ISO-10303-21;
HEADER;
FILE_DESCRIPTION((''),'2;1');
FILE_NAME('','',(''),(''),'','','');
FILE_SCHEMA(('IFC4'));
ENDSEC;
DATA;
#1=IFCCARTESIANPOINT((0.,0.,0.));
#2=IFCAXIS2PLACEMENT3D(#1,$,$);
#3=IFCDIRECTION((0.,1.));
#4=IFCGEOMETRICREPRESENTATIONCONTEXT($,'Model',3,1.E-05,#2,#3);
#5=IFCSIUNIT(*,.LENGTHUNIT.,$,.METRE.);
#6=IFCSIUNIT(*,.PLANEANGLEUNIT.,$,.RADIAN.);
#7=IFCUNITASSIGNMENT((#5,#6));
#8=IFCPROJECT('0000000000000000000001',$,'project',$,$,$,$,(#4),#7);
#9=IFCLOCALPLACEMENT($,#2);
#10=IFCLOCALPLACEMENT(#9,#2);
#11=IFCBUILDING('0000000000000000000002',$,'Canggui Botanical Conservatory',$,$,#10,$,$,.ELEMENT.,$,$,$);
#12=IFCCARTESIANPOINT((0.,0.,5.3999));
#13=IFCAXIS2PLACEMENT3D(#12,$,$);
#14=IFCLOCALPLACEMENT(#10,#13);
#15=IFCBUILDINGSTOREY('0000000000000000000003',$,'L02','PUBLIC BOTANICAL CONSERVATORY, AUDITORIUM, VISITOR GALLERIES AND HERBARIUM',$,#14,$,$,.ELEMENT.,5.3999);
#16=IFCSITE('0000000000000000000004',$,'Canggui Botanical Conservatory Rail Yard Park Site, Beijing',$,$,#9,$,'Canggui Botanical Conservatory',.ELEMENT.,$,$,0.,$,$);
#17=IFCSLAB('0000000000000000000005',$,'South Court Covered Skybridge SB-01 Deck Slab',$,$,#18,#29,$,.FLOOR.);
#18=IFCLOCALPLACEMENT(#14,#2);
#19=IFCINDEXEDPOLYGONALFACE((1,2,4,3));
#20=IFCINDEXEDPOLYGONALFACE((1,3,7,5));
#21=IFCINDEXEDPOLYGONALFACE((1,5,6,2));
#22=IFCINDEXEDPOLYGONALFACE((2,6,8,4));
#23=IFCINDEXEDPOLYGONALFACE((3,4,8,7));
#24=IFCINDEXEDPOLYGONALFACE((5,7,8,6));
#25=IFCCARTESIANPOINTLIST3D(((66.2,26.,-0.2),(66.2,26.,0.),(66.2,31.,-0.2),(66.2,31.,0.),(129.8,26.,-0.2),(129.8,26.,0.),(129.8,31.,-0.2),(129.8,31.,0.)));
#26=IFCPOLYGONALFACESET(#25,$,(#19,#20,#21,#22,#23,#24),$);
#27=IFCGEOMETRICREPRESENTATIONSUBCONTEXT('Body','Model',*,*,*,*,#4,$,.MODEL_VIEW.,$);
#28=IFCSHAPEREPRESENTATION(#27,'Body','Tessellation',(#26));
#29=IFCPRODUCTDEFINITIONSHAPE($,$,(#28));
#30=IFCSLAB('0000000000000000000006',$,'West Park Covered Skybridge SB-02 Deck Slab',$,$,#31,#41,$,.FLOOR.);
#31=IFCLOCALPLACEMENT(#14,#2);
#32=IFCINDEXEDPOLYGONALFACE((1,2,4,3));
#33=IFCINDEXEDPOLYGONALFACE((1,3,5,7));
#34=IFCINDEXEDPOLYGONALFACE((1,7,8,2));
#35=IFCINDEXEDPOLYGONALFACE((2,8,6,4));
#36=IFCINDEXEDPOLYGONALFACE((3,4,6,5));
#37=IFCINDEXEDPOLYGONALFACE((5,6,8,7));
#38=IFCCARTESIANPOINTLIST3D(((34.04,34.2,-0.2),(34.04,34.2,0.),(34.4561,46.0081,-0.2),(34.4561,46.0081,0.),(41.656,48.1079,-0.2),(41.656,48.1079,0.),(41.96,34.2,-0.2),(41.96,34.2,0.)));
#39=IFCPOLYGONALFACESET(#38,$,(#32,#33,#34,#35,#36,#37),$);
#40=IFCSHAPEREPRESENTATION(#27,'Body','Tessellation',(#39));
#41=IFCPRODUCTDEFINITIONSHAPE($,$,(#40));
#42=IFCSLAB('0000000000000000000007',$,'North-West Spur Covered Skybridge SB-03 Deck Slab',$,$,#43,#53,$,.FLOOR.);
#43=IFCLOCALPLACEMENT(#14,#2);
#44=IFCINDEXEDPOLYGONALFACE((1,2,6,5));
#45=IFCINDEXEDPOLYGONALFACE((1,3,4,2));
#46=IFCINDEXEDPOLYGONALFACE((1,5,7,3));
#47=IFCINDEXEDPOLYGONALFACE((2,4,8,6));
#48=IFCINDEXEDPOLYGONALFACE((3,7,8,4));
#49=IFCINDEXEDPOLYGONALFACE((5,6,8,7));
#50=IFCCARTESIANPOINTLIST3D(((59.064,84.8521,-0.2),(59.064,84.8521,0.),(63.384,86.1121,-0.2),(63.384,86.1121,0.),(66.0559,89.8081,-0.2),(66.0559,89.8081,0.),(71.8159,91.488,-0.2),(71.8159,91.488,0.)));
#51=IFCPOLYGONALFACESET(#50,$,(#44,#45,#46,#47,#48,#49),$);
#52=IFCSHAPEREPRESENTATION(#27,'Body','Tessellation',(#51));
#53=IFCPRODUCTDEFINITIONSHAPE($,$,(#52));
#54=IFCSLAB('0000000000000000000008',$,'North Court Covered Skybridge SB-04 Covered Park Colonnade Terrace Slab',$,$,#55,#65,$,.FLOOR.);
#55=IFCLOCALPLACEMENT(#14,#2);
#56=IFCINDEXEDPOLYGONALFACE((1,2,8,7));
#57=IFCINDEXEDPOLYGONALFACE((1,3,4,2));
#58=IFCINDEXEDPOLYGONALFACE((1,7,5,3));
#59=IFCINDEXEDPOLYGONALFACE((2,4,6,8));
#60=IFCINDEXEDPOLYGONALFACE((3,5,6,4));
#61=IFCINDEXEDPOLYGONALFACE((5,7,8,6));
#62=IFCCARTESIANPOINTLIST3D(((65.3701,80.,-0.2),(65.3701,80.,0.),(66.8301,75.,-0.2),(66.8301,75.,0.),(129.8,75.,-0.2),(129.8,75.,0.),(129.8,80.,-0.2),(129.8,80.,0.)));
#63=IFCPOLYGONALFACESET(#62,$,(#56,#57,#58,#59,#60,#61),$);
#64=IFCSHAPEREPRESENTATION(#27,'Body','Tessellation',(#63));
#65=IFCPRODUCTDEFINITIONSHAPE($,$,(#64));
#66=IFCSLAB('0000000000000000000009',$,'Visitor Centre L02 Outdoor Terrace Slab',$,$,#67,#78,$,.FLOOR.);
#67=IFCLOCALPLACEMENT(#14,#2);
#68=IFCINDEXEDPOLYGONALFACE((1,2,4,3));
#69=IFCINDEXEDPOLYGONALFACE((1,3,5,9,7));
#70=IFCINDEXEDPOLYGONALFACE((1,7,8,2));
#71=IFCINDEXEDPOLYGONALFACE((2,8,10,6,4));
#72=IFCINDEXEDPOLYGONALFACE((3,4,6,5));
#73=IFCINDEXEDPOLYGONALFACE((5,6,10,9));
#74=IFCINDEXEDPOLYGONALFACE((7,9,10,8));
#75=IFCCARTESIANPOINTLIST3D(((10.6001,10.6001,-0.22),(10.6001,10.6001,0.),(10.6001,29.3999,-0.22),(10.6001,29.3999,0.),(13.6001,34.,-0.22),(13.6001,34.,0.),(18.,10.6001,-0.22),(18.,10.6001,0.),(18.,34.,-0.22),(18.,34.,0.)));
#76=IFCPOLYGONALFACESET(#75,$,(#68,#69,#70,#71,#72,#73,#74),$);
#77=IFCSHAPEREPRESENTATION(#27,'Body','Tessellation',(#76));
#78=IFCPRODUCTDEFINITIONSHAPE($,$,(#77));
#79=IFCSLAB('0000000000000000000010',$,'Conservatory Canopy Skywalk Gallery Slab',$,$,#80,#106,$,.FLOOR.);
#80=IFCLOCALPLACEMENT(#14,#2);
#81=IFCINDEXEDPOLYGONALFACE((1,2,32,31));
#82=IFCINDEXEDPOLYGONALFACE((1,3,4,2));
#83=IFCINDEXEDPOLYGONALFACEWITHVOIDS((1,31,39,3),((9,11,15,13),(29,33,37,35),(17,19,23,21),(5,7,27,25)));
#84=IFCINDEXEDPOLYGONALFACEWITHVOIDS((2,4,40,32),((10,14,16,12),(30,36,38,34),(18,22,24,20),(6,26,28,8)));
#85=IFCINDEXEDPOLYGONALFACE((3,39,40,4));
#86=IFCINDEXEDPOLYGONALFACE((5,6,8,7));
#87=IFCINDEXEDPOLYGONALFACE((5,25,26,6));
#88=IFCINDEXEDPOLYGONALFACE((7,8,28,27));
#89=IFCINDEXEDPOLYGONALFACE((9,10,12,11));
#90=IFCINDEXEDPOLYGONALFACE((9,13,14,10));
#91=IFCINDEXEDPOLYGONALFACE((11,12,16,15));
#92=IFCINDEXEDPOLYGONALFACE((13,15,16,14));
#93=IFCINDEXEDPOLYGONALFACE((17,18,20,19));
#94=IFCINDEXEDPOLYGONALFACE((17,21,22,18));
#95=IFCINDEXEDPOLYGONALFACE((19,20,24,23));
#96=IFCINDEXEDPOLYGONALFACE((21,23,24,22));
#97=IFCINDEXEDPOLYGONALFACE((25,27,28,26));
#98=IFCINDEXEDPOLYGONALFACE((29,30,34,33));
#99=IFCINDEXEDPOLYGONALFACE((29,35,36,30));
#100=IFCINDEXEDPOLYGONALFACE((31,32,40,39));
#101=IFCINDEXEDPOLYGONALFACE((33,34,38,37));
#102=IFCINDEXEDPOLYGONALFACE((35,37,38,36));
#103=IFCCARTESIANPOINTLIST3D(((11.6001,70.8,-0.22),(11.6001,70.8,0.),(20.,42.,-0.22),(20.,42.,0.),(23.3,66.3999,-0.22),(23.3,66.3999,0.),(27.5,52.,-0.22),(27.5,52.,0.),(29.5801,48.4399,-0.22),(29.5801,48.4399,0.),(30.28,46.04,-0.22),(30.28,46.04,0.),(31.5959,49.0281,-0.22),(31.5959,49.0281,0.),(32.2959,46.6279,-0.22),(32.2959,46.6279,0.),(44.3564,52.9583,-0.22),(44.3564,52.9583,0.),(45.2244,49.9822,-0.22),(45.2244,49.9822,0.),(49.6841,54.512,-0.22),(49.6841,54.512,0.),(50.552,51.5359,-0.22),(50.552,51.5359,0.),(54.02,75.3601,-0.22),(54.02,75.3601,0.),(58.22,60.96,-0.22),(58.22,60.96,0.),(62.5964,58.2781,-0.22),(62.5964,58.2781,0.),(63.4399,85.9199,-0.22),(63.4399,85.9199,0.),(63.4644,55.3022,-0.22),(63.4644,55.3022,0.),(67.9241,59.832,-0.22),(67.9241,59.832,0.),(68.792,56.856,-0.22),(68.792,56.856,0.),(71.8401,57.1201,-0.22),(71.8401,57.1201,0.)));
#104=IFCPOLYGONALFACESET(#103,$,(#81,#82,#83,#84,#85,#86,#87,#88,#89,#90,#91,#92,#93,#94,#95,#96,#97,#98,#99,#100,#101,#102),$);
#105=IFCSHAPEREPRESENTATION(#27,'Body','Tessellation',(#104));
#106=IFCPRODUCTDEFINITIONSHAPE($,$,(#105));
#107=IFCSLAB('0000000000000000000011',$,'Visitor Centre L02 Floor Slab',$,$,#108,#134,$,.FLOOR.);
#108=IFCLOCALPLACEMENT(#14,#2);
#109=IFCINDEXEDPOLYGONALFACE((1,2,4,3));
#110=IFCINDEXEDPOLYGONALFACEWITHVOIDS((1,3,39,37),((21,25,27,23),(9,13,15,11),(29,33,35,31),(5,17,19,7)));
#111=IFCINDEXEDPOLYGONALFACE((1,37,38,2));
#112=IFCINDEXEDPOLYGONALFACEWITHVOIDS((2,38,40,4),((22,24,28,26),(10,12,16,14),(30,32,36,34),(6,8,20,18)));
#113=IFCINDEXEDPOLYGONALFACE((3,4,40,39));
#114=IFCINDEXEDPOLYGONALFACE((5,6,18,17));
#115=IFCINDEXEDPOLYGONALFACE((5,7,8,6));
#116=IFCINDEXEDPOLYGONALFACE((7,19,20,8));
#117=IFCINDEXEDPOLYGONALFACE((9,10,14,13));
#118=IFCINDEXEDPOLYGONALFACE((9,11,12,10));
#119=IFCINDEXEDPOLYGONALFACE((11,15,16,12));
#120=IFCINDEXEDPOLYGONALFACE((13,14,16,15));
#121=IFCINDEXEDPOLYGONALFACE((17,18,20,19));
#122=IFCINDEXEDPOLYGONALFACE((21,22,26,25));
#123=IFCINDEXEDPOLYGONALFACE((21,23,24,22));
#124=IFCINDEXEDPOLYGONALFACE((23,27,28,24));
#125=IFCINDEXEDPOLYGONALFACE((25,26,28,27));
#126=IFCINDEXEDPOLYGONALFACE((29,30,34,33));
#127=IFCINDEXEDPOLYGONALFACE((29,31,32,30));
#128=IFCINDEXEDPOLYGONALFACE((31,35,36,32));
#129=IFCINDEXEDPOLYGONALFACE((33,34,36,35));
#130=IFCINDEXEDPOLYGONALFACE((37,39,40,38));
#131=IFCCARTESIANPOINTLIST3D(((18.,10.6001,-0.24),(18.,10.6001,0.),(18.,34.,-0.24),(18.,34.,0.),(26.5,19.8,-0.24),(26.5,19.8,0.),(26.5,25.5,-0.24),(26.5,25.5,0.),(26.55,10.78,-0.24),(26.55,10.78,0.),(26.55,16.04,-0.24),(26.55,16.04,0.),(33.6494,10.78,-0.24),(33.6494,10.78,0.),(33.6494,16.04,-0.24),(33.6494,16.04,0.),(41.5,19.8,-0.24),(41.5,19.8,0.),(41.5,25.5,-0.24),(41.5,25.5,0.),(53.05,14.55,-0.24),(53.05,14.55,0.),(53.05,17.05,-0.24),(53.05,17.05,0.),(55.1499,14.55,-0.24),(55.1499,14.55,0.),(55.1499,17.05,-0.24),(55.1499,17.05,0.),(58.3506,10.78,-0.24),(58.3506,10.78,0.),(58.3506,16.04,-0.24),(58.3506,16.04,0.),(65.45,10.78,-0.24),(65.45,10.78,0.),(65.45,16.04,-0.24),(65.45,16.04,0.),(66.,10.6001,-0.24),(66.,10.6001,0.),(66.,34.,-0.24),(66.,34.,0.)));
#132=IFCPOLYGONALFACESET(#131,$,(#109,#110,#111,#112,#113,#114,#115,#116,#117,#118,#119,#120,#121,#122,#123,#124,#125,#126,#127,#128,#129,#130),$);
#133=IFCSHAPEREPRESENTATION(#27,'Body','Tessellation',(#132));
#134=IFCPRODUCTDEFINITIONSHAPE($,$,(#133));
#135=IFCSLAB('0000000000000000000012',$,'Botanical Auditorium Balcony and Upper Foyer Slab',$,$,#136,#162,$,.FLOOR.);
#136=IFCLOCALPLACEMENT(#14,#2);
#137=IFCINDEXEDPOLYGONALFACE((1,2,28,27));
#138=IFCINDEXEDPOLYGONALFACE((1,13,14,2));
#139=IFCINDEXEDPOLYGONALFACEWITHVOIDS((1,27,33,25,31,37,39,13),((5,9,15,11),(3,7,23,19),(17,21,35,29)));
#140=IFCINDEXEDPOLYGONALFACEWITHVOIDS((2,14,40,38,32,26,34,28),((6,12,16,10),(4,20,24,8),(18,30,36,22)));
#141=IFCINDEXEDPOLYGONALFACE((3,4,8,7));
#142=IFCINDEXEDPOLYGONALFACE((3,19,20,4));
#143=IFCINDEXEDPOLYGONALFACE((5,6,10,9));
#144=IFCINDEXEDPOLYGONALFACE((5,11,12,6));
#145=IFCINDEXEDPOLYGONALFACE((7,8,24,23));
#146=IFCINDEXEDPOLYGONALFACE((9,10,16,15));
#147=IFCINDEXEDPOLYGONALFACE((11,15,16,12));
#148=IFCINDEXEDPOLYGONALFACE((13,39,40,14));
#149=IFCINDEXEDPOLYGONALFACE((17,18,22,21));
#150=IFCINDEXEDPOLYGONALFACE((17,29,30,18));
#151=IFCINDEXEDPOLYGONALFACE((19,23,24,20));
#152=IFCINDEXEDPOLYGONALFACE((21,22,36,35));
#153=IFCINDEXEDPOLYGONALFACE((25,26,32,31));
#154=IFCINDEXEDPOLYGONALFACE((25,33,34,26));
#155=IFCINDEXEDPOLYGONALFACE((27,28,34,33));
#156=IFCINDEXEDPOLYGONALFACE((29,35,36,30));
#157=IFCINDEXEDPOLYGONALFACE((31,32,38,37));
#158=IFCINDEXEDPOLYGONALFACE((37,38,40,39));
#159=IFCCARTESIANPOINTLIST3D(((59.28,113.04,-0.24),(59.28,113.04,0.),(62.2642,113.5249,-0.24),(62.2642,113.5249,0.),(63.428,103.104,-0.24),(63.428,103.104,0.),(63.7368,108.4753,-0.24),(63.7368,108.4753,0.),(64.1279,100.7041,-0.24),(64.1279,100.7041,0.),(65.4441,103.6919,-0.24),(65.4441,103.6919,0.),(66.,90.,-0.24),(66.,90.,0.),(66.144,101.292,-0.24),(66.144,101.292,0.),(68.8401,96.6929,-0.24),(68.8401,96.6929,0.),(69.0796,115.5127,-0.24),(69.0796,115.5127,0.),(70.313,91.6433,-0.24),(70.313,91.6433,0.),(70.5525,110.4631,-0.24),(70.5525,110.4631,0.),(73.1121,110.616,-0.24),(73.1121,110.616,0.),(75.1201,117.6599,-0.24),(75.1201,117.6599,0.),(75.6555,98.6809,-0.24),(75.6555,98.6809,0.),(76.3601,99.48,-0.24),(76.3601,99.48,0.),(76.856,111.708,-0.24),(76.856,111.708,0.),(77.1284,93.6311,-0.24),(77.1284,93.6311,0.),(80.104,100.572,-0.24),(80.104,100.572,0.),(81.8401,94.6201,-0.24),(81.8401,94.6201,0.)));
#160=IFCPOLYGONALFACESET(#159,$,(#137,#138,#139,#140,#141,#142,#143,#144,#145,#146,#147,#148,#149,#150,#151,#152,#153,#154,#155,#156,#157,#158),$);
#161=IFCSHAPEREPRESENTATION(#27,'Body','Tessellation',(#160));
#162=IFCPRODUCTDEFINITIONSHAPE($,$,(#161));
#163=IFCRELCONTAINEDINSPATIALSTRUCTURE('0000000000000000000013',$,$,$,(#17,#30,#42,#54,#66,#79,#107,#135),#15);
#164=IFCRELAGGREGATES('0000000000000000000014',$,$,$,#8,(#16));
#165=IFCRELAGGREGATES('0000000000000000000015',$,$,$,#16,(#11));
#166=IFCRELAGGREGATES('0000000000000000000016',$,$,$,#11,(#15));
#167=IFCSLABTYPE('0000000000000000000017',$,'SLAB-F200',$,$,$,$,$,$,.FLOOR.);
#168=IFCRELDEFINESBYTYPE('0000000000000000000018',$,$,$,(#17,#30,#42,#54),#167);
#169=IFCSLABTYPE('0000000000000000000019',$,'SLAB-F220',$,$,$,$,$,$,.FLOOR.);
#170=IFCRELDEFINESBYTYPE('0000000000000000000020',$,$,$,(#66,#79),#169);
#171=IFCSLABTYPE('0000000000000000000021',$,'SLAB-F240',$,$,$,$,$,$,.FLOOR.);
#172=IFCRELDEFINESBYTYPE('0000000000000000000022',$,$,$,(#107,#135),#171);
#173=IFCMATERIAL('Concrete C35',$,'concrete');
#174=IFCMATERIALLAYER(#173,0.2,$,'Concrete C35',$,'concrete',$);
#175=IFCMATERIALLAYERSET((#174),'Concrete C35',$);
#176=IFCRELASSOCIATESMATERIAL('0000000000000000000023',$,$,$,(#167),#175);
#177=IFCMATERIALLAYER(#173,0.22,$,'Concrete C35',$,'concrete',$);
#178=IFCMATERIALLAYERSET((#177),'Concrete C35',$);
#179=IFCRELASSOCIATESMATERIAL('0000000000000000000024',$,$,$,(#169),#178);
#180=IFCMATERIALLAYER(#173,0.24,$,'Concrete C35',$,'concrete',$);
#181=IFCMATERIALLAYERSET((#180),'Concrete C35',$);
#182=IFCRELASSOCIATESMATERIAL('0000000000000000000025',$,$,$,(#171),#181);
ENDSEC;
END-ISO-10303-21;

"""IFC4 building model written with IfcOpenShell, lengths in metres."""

from ifc_helpers import new_model, si_unit, direction, frame, origin, place, context, subcontext, project, spatial, polyline, outline, extrude, material, layer, layer_set, type_object, element, save


model = new_model("IFC4")

# Units and contexts
model_context = context("Model", 3, precision=1e-05, world=origin(), true_north=direction((0.0, 1.0)))
body_context = subcontext(model_context, "Body", "Model", "MODEL_VIEW")
ifc_project = project(units=[si_unit("LENGTHUNIT", "METRE"), si_unit("PLANEANGLEUNIT", "RADIAN")], contexts=[model_context])

# Site, building, storey
site_placement = place(None, origin())
site = spatial("IfcSite", under=ifc_project, at=site_placement, Name="Canggui Botanical Conservatory Rail Yard Park Site, Beijing", LongName="Canggui Botanical Conservatory", CompositionType="ELEMENT", RefElevation=0.0)
building_placement = place(site_placement, origin())
building = spatial("IfcBuilding", under=site, at=building_placement, Name="Canggui Botanical Conservatory", CompositionType="ELEMENT")
storey_placement = place(building_placement, frame((0.0, 0.0, 5.3999)))
storey = spatial("IfcBuildingStorey", under=building, at=storey_placement, Name="L02", Description="PUBLIC BOTANICAL CONSERVATORY, AUDITORIUM, VISITOR GALLERIES AND HERBARIUM", CompositionType="ELEMENT", Elevation=5.3999)

# Slabs
ifc_material_1 = material(Name="Concrete C35", Category="concrete")
ifc_layer_1 = layer(ifc_material_1, 0.2, Name="Concrete C35", Category="concrete")
ifc_layer_set_1 = layer_set([ifc_layer_1], Name="Concrete C35")
slab_type_1 = type_object("IfcSlabType", Name="SLAB-F200", PredefinedType="FLOOR", material=ifc_layer_set_1)
slab_1_placement = place(storey_placement, frame((0.0, 0.0, -0.2)))
element("IfcSlab", 1, at=slab_1_placement, inside=storey, type_object=slab_type_1, Name="South Court Covered Skybridge SB-01 Deck Slab", PredefinedType="FLOOR", context=body_context, shape_type="SweptSolid", body=[
    extrude(outline(polyline([(66.2, 26.0), (129.8, 26.0), (129.8, 31.0), (66.2, 31.0), (66.2, 26.0)])), origin(), (0.0, 0.0, 1.0), 0.2),
])
slab_2_placement = place(storey_placement, frame((0.0, 0.0, -0.2)))
element("IfcSlab", 2, at=slab_2_placement, inside=storey, type_object=slab_type_1, Name="West Park Covered Skybridge SB-02 Deck Slab", PredefinedType="FLOOR", context=body_context, shape_type="SweptSolid", body=[
    extrude(outline(polyline([(34.04, 34.2), (41.96, 34.2), (41.656, 48.1079), (34.4561, 46.0081), (34.04, 34.2)])), origin(), (0.0, 0.0, 1.0), 0.2),
])
slab_3_placement = place(storey_placement, frame((0.0, 0.0, -0.2)))
element("IfcSlab", 3, at=slab_3_placement, inside=storey, type_object=slab_type_1, Name="North-West Spur Covered Skybridge SB-03 Deck Slab", PredefinedType="FLOOR", context=body_context, shape_type="SweptSolid", body=[
    extrude(outline(polyline([(59.064, 84.8521), (63.384, 86.1121), (71.8159, 91.488), (66.0559, 89.8081), (59.064, 84.8521)])), origin(), (0.0, 0.0, 1.0), 0.2),
])
slab_4_placement = place(storey_placement, frame((0.0, 0.0, -0.2)))
element("IfcSlab", 4, at=slab_4_placement, inside=storey, type_object=slab_type_1, Name="North Court Covered Skybridge SB-04 Covered Park Colonnade Terrace Slab", PredefinedType="FLOOR", context=body_context, shape_type="SweptSolid", body=[
    extrude(outline(polyline([(66.8301, 75.0), (129.8, 75.0), (129.8, 80.0), (65.3701, 80.0), (66.8301, 75.0)])), origin(), (0.0, 0.0, 1.0), 0.2),
])
ifc_layer_2 = layer(ifc_material_1, 0.22, Name="Concrete C35", Category="concrete")
ifc_layer_set_2 = layer_set([ifc_layer_2], Name="Concrete C35")
slab_type_2 = type_object("IfcSlabType", Name="SLAB-F220", PredefinedType="FLOOR", material=ifc_layer_set_2)
slab_5_placement = place(storey_placement, frame((0.0, 0.0, -0.22)))
element("IfcSlab", 5, at=slab_5_placement, inside=storey, type_object=slab_type_2, Name="Visitor Centre L02 Outdoor Terrace Slab", PredefinedType="FLOOR", context=body_context, shape_type="SweptSolid", body=[
    extrude(outline(polyline([(10.6001, 10.6001), (18.0, 10.6001), (18.0, 34.0), (13.6001, 34.0), (10.6001, 29.3999), (10.6001, 10.6001)])), origin(), (0.0, 0.0, 1.0), 0.22),
])
slab_6_placement = place(storey_placement, frame((0.0, 0.0, -0.22)))
element("IfcSlab", 6, at=slab_6_placement, inside=storey, type_object=slab_type_2, Name="Conservatory Canopy Skywalk Gallery Slab", PredefinedType="FLOOR", context=body_context, shape_type="SweptSolid", body=[
    extrude(outline(polyline([(20.0, 42.0), (71.8401, 57.1201), (63.4399, 85.9199), (11.6001, 70.8), (20.0, 42.0)]), holes=[polyline([(27.5, 52.0), (58.22, 60.96), (54.02, 75.3601), (23.3, 66.3999), (27.5, 52.0)]), polyline([(45.2244, 49.9822), (50.552, 51.5359), (49.6841, 54.512), (44.3564, 52.9583), (45.2244, 49.9822)]), polyline([(63.4644, 55.3022), (68.792, 56.856), (67.9241, 59.832), (62.5964, 58.2781), (63.4644, 55.3022)]), polyline([(30.28, 46.04), (32.2959, 46.6279), (31.5959, 49.0281), (29.5801, 48.4399), (30.28, 46.04)])]), origin(), (0.0, 0.0, 1.0), 0.22),
])
ifc_layer_3 = layer(ifc_material_1, 0.24, Name="Concrete C35", Category="concrete")
ifc_layer_set_3 = layer_set([ifc_layer_3], Name="Concrete C35")
slab_type_3 = type_object("IfcSlabType", Name="SLAB-F240", PredefinedType="FLOOR", material=ifc_layer_set_3)
slab_7_placement = place(storey_placement, frame((0.0, 0.0, -0.24)))
element("IfcSlab", 7, at=slab_7_placement, inside=storey, type_object=slab_type_3, Name="Visitor Centre L02 Floor Slab", PredefinedType="FLOOR", context=body_context, shape_type="SweptSolid", body=[
    extrude(outline(polyline([(18.0, 10.6001), (66.0, 10.6001), (66.0, 34.0), (18.0, 34.0), (18.0, 10.6001)]), holes=[polyline([(58.3506, 10.78), (65.45, 10.78), (65.45, 16.04), (58.3506, 16.04), (58.3506, 10.78)]), polyline([(33.6494, 16.04), (26.55, 16.04), (26.55, 10.78), (33.6494, 10.78), (33.6494, 16.04)]), polyline([(53.05, 14.55), (55.1499, 14.55), (55.1499, 17.05), (53.05, 17.05), (53.05, 14.55)]), polyline([(26.5, 19.8), (41.5, 19.8), (41.5, 25.5), (26.5, 25.5), (26.5, 19.8)])]), origin(), (0.0, 0.0, 1.0), 0.24),
])
slab_8_placement = place(storey_placement, frame((0.0, 0.0, -0.24)))
element("IfcSlab", 8, at=slab_8_placement, inside=storey, type_object=slab_type_3, Name="Botanical Auditorium Balcony and Upper Foyer Slab", PredefinedType="FLOOR", context=body_context, shape_type="SweptSolid", body=[
    extrude(outline(polyline([(66.0, 90.0), (81.8401, 94.6201), (80.104, 100.572), (76.3601, 99.48), (73.1121, 110.616), (76.856, 111.708), (75.1201, 117.6599), (59.28, 113.04), (66.0, 90.0)]), holes=[polyline([(70.313, 91.6433), (77.1284, 93.6311), (75.6555, 98.6809), (68.8401, 96.6929), (70.313, 91.6433)]), polyline([(63.7368, 108.4753), (70.5525, 110.4631), (69.0796, 115.5127), (62.2642, 113.5249), (63.7368, 108.4753)]), polyline([(64.1279, 100.7041), (66.144, 101.292), (65.4441, 103.6919), (63.428, 103.104), (64.1279, 100.7041)])]), origin(), (0.0, 0.0, 1.0), 0.24),
])

save(model, "model.ifc")
